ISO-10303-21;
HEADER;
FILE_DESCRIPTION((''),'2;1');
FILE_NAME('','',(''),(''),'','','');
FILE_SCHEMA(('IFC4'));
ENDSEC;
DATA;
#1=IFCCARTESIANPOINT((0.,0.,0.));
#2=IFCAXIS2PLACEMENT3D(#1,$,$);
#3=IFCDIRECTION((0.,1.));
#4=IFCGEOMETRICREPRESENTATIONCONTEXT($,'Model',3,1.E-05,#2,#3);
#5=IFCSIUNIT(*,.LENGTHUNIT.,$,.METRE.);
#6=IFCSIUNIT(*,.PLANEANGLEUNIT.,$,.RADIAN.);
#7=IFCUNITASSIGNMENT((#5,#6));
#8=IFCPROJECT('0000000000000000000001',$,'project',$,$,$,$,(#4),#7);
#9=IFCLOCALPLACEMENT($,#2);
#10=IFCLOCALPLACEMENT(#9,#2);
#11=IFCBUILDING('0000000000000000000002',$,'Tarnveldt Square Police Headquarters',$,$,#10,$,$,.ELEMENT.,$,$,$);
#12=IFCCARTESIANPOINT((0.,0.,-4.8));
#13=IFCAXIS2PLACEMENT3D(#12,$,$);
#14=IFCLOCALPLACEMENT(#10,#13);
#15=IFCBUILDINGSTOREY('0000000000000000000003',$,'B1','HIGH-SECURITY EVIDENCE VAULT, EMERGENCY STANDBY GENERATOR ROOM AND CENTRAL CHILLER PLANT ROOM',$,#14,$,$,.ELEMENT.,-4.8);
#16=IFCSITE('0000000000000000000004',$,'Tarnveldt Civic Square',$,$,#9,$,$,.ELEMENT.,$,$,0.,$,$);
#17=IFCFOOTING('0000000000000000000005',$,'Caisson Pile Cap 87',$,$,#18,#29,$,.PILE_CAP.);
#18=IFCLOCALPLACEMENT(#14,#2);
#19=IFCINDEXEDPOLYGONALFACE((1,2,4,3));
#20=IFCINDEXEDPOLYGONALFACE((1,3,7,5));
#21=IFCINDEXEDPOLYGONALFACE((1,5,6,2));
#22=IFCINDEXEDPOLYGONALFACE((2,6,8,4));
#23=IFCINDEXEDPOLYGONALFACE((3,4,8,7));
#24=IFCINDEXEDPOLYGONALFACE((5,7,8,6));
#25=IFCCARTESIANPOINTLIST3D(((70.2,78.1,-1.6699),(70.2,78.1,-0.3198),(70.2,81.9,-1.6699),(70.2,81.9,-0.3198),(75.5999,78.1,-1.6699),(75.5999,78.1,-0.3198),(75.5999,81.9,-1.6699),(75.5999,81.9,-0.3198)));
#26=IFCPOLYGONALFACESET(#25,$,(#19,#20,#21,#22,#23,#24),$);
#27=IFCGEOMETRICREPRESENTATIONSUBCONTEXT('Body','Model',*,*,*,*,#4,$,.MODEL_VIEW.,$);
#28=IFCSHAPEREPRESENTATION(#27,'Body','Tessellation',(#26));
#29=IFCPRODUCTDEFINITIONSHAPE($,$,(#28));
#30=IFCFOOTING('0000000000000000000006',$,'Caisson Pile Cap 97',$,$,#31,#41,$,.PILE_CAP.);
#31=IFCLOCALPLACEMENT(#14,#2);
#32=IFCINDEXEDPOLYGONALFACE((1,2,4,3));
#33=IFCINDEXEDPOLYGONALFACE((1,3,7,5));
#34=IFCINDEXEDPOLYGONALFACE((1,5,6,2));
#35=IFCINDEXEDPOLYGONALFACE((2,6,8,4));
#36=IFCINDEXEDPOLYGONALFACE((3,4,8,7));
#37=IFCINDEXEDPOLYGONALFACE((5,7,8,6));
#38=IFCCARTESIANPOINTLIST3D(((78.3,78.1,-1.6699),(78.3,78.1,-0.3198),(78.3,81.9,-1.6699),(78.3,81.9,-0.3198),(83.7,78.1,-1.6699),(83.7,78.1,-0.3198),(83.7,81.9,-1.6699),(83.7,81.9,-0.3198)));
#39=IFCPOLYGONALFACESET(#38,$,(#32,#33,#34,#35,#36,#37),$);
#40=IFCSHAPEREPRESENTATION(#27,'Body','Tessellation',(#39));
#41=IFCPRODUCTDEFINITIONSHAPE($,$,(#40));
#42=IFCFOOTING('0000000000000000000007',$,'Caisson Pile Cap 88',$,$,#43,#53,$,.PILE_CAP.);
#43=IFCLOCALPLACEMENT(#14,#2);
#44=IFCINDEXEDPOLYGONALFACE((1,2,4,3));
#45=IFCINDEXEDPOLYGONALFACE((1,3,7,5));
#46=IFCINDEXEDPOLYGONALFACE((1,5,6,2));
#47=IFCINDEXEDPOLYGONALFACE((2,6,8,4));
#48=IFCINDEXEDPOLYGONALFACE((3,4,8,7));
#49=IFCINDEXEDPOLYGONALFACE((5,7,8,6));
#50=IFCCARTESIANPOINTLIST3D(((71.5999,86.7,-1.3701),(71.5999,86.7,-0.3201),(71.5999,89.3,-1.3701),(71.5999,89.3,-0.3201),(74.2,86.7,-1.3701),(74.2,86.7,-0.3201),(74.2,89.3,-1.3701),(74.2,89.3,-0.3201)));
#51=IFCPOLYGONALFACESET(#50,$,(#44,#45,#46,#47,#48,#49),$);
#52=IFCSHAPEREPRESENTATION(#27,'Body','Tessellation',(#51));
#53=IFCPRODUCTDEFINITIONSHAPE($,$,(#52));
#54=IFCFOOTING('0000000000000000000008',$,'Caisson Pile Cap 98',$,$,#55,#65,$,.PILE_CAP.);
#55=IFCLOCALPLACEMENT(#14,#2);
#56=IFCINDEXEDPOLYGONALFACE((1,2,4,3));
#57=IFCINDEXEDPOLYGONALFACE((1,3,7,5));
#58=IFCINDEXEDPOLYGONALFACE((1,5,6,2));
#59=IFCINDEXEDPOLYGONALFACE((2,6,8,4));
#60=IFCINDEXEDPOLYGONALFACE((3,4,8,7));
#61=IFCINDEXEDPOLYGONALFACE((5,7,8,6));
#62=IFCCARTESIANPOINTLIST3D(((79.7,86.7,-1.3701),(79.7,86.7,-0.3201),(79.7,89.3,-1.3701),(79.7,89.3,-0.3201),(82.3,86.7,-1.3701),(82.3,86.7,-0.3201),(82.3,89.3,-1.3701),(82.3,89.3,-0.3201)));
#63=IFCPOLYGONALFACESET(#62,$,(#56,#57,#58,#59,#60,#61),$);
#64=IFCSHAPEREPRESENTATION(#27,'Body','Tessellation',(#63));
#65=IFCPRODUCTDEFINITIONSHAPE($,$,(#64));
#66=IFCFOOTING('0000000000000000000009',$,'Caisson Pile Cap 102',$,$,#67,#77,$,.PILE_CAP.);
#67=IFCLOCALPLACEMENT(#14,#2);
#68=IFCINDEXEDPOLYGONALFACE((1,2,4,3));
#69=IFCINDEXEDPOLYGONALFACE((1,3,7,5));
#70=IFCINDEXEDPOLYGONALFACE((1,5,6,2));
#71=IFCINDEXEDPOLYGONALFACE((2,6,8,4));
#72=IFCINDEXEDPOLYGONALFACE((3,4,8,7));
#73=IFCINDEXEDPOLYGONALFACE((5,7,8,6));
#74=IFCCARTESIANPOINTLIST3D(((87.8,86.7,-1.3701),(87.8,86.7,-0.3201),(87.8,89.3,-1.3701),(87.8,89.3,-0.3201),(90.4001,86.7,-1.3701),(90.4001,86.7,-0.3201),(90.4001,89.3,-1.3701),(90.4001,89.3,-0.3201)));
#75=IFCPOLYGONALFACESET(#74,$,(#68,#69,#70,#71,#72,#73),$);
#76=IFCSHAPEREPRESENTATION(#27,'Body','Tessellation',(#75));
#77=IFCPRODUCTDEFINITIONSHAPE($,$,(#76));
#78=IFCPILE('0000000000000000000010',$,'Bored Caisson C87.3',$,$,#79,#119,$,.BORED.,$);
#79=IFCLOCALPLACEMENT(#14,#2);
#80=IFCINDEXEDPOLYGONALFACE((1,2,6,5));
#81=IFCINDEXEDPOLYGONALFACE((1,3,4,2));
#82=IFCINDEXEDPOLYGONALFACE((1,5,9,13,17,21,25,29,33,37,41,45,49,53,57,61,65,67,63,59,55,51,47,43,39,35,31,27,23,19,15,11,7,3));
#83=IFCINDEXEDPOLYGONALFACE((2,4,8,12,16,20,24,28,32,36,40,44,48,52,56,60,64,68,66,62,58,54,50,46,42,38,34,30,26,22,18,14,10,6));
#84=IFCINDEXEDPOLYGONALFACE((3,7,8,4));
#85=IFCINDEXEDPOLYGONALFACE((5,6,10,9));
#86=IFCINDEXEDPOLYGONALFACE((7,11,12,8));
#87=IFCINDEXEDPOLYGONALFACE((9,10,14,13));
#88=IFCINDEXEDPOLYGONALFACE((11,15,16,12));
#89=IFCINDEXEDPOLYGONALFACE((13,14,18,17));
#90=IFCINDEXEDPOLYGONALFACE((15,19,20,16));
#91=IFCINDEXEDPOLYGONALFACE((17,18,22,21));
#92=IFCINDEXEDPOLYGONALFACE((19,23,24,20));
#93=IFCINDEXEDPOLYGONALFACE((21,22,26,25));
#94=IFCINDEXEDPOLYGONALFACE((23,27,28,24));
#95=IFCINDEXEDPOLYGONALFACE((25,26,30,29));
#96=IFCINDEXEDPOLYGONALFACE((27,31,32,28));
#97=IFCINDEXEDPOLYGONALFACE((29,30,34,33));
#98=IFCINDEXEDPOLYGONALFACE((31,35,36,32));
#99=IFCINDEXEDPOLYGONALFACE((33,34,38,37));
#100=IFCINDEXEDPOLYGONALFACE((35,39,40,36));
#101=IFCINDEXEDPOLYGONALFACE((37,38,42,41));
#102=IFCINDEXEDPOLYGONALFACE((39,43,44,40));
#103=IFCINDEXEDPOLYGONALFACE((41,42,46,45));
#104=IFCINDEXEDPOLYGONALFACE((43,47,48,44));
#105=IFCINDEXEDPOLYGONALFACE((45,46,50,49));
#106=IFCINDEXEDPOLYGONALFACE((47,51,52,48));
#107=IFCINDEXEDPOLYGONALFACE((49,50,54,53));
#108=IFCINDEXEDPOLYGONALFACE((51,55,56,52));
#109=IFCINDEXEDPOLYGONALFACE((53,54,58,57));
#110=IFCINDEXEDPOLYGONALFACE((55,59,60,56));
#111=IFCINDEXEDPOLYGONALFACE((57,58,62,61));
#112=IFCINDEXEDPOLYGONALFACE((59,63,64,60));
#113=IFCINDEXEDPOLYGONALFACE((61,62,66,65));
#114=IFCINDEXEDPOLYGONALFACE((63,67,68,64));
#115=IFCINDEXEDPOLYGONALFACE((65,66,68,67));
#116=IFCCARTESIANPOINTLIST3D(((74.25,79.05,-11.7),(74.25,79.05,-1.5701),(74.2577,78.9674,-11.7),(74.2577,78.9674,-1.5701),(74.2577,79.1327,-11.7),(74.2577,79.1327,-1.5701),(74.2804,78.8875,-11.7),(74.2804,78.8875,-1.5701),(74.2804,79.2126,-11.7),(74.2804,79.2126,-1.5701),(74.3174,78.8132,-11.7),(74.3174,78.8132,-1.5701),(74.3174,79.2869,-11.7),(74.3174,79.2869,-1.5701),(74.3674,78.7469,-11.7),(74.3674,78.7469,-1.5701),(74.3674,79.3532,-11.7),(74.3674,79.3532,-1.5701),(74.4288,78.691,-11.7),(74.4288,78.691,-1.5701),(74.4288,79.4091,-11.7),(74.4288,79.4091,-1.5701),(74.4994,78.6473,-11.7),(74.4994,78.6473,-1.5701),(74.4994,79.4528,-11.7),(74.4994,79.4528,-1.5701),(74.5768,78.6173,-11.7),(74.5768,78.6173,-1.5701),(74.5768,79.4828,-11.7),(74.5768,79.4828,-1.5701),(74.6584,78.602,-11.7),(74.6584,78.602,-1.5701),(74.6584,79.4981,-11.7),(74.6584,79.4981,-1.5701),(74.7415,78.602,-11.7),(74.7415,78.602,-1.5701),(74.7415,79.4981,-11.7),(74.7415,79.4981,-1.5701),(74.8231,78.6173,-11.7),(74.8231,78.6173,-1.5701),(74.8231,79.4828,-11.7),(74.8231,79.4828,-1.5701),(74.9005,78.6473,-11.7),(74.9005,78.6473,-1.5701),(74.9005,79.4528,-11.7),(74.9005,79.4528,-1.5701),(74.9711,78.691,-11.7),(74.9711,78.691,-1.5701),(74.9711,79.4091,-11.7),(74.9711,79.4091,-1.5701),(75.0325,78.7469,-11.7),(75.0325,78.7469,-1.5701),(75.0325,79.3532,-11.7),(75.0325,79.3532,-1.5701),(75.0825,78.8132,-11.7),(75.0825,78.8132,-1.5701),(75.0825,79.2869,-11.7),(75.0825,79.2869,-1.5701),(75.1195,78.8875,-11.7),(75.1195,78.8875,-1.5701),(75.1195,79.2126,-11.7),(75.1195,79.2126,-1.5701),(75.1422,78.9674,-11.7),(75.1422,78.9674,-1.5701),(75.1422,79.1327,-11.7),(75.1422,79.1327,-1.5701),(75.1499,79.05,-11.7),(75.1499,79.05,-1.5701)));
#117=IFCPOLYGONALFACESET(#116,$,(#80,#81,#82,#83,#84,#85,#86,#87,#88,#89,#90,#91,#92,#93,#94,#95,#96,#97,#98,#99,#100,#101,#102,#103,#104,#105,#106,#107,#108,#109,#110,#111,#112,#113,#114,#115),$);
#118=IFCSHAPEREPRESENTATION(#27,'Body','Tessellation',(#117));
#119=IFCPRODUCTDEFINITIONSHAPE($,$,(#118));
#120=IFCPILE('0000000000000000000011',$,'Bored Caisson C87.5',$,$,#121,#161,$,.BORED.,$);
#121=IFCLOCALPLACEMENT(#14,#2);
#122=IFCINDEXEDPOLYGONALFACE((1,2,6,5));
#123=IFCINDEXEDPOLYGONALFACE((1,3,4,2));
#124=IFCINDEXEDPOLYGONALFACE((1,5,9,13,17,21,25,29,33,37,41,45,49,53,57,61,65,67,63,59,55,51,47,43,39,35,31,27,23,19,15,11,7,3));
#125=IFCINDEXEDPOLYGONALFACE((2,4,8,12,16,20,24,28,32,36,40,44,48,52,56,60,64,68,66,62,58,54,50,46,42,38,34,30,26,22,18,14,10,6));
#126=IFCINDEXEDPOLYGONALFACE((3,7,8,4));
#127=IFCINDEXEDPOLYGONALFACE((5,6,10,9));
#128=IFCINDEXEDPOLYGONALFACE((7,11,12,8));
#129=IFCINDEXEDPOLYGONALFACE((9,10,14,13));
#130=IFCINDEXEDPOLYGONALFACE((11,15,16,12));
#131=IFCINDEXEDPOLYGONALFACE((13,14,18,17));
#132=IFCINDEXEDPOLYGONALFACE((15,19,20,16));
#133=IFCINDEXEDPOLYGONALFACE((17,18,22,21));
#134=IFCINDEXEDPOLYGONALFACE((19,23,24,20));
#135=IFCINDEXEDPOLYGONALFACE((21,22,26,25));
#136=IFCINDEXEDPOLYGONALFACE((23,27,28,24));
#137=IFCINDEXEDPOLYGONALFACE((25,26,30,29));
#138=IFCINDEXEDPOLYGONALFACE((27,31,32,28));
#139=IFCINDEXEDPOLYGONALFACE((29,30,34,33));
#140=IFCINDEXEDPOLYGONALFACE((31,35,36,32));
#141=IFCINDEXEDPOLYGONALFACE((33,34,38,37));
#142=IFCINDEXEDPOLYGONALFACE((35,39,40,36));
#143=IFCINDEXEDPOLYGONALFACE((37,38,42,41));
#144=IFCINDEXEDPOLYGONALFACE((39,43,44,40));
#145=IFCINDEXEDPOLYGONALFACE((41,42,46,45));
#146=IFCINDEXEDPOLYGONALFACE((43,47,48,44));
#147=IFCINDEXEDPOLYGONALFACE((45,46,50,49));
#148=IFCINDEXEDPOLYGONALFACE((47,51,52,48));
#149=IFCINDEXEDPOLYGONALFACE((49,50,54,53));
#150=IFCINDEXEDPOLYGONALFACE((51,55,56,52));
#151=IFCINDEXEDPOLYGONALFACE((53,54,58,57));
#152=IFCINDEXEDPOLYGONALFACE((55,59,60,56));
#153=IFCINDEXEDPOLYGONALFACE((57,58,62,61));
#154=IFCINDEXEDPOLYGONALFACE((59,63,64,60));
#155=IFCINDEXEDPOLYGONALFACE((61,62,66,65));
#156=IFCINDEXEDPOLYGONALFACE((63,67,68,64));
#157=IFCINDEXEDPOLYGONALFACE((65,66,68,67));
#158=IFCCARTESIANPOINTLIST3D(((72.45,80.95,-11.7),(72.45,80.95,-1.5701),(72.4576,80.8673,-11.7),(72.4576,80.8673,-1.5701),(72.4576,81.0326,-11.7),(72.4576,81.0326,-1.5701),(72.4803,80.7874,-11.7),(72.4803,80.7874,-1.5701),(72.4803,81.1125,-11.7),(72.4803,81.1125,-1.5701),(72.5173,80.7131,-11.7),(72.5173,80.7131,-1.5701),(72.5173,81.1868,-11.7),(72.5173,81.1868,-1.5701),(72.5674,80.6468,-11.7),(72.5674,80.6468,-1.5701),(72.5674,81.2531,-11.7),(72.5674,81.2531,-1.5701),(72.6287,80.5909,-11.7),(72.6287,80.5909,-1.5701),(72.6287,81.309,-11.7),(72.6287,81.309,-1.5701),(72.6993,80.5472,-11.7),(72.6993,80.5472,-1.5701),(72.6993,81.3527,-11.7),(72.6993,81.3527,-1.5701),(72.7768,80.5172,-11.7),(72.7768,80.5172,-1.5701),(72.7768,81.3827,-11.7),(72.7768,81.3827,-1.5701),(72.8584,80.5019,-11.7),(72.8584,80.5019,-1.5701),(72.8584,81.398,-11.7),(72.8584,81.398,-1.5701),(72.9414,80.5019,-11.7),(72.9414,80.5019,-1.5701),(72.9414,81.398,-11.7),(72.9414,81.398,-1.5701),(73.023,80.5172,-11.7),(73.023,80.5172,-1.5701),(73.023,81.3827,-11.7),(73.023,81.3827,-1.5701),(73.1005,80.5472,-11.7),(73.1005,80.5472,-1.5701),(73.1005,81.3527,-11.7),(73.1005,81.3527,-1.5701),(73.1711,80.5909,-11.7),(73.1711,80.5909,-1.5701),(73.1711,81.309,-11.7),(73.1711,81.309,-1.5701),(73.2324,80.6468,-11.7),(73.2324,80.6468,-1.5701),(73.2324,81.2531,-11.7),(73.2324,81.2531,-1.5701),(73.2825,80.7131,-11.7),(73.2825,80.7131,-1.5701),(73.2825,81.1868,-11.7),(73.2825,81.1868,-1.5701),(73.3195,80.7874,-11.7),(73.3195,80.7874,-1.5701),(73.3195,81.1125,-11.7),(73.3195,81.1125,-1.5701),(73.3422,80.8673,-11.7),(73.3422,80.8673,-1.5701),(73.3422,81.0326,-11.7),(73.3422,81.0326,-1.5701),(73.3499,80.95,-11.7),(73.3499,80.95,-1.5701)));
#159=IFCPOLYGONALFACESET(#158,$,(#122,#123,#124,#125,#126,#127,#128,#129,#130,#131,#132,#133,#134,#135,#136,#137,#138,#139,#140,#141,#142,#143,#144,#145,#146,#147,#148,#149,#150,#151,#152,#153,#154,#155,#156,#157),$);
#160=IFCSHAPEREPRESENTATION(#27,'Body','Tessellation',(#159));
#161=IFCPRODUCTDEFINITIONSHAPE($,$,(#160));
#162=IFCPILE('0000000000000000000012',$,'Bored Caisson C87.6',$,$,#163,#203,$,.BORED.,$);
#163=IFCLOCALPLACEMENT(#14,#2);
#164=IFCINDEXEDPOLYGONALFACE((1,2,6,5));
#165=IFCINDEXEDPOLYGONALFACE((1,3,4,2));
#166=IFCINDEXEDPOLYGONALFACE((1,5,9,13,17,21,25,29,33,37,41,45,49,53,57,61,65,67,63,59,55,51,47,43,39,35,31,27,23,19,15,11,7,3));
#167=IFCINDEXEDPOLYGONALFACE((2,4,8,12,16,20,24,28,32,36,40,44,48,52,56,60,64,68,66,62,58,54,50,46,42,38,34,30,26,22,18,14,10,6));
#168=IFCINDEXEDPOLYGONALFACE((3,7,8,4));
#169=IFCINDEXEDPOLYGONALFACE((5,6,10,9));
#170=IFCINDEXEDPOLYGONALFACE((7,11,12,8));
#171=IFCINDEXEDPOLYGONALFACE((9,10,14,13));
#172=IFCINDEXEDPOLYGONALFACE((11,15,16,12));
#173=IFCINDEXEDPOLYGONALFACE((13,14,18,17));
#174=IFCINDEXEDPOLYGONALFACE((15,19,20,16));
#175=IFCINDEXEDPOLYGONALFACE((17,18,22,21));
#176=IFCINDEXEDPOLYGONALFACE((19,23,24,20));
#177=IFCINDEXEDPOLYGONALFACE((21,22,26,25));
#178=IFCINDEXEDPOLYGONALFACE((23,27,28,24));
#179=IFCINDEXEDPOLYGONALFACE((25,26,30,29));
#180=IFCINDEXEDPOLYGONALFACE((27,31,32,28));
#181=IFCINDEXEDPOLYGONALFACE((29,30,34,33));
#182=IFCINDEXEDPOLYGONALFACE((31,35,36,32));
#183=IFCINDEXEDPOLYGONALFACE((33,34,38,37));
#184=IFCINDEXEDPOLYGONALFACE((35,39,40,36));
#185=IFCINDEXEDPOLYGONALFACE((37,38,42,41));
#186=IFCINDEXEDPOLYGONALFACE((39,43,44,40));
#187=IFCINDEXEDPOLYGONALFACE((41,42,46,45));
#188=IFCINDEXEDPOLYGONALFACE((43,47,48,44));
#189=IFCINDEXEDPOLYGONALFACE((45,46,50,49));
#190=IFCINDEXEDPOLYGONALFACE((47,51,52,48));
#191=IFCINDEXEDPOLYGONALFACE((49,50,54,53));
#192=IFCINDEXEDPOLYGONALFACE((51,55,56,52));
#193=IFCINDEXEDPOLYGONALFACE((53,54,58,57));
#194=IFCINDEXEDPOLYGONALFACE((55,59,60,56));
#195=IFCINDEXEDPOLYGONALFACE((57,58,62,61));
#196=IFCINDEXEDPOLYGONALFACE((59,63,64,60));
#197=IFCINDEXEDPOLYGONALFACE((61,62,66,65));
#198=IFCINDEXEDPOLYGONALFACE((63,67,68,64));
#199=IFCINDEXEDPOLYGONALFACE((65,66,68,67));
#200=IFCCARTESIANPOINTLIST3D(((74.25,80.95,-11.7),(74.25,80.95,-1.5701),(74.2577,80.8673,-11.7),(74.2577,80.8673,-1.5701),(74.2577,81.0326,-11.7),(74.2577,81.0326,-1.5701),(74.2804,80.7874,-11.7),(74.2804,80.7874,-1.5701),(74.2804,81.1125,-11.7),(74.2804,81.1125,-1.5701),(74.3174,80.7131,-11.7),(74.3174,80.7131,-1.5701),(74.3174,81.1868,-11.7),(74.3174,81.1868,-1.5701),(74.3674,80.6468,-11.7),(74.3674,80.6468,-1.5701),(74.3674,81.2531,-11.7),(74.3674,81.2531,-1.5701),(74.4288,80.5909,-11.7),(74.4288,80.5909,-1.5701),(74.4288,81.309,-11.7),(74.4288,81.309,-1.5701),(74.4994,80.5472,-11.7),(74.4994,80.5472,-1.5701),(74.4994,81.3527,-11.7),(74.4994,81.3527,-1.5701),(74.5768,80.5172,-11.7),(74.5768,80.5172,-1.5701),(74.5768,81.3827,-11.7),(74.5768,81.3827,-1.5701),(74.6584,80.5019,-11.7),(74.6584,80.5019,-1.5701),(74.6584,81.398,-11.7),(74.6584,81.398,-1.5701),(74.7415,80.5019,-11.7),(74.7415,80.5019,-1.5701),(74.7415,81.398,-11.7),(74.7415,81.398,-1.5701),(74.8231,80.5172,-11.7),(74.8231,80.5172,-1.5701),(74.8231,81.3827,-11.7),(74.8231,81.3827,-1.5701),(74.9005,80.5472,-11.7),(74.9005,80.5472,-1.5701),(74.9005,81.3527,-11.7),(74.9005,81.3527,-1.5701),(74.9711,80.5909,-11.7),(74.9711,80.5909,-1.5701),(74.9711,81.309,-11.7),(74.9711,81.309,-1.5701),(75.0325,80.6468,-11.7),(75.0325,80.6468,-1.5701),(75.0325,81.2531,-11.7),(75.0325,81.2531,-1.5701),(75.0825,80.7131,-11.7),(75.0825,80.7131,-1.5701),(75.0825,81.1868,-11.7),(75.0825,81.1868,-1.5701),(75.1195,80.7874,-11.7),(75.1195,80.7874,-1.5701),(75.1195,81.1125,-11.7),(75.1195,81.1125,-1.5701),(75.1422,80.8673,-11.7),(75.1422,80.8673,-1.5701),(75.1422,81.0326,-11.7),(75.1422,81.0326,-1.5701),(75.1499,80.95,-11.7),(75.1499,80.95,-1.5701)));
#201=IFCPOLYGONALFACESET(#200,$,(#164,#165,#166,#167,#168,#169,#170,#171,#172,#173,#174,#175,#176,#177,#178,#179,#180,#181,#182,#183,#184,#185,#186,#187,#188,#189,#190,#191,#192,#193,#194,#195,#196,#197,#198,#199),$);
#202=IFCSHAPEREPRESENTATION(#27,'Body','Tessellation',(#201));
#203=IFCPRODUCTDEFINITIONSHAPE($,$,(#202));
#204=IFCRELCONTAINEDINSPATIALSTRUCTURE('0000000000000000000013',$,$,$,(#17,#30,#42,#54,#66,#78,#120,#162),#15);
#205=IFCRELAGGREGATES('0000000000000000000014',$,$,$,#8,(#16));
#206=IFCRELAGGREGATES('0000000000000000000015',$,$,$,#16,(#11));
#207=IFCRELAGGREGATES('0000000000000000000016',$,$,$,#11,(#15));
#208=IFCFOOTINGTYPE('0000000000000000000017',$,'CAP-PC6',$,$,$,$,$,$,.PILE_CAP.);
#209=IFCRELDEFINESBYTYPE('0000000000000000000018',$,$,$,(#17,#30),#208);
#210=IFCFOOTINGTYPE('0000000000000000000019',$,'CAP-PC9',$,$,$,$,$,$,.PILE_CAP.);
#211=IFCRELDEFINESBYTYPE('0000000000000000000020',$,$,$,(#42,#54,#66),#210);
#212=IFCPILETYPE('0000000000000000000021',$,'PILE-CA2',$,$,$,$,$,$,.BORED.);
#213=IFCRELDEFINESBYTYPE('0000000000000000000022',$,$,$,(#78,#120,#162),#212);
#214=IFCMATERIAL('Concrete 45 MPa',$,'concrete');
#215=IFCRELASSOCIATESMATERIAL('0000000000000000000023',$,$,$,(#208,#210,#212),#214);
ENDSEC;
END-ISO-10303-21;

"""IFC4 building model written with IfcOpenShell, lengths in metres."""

from ifc_helpers import new_model, si_unit, direction, frame, origin, origin_2d, place, context, subcontext, project, spatial, rectangle, circle, extrude, material, material_profile, profile_set, type_object, element, save


model = new_model("IFC4")

# Units and contexts
model_context = context("Model", 3, precision=1e-05, world=origin(), true_north=direction((0.0, 1.0)))
body_context = subcontext(model_context, "Body", "Model", "MODEL_VIEW")
ifc_project = project(units=[si_unit("LENGTHUNIT", "METRE"), si_unit("PLANEANGLEUNIT", "RADIAN")], contexts=[model_context])

# Site, building, storey
site_placement = place(None, origin())
site = spatial("IfcSite", under=ifc_project, at=site_placement, Name="Tarnveldt Civic Square", CompositionType="ELEMENT", RefElevation=0.0)
building_placement = place(site_placement, origin())
building = spatial("IfcBuilding", under=site, at=building_placement, Name="Tarnveldt Square Police Headquarters", CompositionType="ELEMENT")
storey_placement = place(building_placement, frame((0.0, 0.0, -4.8)))
storey = spatial("IfcBuildingStorey", under=building, at=storey_placement, Name="B1", Description="HIGH-SECURITY EVIDENCE VAULT, EMERGENCY STANDBY GENERATOR ROOM AND CENTRAL CHILLER PLANT ROOM", CompositionType="ELEMENT", Elevation=-4.8)

# Footings
ifc_material_1 = material(Name="Concrete 45 MPa", Category="concrete")
footing_type_1 = type_object("IfcFootingType", Name="CAP-PC6", PredefinedType="PILE_CAP", material=ifc_material_1)
for number, where, z_axis, x_axis, name in (
    (1, (72.8999, 80.0, -1.6699), (0.0, 0.0, 1.0), (1.0, 0.0, 0.0), "Caisson Pile Cap 87"),
    (2, (81.0, 80.0, -1.6699), (0.0, 0.0, 1.0), (1.0, 0.0, 0.0), "Caisson Pile Cap 97"),
):
    element("IfcFooting", number, at=place(storey_placement, frame(where, z_axis=z_axis, x_axis=x_axis)), inside=storey, type_object=footing_type_1, Name=name, PredefinedType="PILE_CAP", context=body_context, shape_type="SweptSolid", body=[
        extrude(rectangle(XDim=5.3999, YDim=3.8, at=origin_2d()), origin(), (0.0, 0.0, 1.0), 1.3501),
    ])
footing_type_2 = type_object("IfcFootingType", Name="CAP-PC9", PredefinedType="PILE_CAP", material=ifc_material_1)
for number, where, z_axis, x_axis, name in (
    (3, (72.8999, 88.0, -1.3701), (0.0, 0.0, 1.0), (1.0, 0.0, 0.0), "Caisson Pile Cap 88"),
    (4, (81.0, 88.0, -1.3701), (0.0, 0.0, 1.0), (1.0, 0.0, 0.0), "Caisson Pile Cap 98"),
    (5, (89.1001, 88.0, -1.3701), (0.0, 0.0, 1.0), (1.0, 0.0, 0.0), "Caisson Pile Cap 102"),
):
    element("IfcFooting", number, at=place(storey_placement, frame(where, z_axis=z_axis, x_axis=x_axis)), inside=storey, type_object=footing_type_2, Name=name, PredefinedType="PILE_CAP", context=body_context, shape_type="SweptSolid", body=[
        extrude(rectangle(XDim=2.6001, YDim=2.6001, at=origin_2d()), origin(), (0.0, 0.0, 1.0), 1.05),
    ])

# Piles
ifc_material_profile_1 = material_profile(ifc_material_1, circle(Radius=0.45, at=origin_2d()), Name="CAISSON-D900")
ifc_profile_set_1 = profile_set([ifc_material_profile_1], Name="Concrete 45 MPa")
pile_type_1 = type_object("IfcPileType", Name="PILE-CA2", PredefinedType="BORED", material=ifc_profile_set_1)
for number, where, z_axis, x_axis, name in (
    (6, (74.7, 79.05, -1.5701), (0.0, 0.0, -1.0), (1.0, 0.0, 0.0), "Bored Caisson C87.3"),
    (7, (72.8999, 80.95, -1.5701), (0.0, 0.0, -1.0), (1.0, 0.0, 0.0), "Bored Caisson C87.5"),
    (8, (74.7, 80.95, -1.5701), (0.0, 0.0, -1.0), (1.0, 0.0, 0.0), "Bored Caisson C87.6"),
):
    element("IfcPile", number, at=place(storey_placement, frame(where, z_axis=z_axis, x_axis=x_axis)), inside=storey, type_object=pile_type_1, Name=name, PredefinedType="BORED", context=body_context, shape_type="SweptSolid", body=[
        extrude(circle(Radius=0.45, at=origin_2d()), origin(), (0.0, 0.0, 1.0), 10.1299),
    ])

save(model, "model.ifc")
